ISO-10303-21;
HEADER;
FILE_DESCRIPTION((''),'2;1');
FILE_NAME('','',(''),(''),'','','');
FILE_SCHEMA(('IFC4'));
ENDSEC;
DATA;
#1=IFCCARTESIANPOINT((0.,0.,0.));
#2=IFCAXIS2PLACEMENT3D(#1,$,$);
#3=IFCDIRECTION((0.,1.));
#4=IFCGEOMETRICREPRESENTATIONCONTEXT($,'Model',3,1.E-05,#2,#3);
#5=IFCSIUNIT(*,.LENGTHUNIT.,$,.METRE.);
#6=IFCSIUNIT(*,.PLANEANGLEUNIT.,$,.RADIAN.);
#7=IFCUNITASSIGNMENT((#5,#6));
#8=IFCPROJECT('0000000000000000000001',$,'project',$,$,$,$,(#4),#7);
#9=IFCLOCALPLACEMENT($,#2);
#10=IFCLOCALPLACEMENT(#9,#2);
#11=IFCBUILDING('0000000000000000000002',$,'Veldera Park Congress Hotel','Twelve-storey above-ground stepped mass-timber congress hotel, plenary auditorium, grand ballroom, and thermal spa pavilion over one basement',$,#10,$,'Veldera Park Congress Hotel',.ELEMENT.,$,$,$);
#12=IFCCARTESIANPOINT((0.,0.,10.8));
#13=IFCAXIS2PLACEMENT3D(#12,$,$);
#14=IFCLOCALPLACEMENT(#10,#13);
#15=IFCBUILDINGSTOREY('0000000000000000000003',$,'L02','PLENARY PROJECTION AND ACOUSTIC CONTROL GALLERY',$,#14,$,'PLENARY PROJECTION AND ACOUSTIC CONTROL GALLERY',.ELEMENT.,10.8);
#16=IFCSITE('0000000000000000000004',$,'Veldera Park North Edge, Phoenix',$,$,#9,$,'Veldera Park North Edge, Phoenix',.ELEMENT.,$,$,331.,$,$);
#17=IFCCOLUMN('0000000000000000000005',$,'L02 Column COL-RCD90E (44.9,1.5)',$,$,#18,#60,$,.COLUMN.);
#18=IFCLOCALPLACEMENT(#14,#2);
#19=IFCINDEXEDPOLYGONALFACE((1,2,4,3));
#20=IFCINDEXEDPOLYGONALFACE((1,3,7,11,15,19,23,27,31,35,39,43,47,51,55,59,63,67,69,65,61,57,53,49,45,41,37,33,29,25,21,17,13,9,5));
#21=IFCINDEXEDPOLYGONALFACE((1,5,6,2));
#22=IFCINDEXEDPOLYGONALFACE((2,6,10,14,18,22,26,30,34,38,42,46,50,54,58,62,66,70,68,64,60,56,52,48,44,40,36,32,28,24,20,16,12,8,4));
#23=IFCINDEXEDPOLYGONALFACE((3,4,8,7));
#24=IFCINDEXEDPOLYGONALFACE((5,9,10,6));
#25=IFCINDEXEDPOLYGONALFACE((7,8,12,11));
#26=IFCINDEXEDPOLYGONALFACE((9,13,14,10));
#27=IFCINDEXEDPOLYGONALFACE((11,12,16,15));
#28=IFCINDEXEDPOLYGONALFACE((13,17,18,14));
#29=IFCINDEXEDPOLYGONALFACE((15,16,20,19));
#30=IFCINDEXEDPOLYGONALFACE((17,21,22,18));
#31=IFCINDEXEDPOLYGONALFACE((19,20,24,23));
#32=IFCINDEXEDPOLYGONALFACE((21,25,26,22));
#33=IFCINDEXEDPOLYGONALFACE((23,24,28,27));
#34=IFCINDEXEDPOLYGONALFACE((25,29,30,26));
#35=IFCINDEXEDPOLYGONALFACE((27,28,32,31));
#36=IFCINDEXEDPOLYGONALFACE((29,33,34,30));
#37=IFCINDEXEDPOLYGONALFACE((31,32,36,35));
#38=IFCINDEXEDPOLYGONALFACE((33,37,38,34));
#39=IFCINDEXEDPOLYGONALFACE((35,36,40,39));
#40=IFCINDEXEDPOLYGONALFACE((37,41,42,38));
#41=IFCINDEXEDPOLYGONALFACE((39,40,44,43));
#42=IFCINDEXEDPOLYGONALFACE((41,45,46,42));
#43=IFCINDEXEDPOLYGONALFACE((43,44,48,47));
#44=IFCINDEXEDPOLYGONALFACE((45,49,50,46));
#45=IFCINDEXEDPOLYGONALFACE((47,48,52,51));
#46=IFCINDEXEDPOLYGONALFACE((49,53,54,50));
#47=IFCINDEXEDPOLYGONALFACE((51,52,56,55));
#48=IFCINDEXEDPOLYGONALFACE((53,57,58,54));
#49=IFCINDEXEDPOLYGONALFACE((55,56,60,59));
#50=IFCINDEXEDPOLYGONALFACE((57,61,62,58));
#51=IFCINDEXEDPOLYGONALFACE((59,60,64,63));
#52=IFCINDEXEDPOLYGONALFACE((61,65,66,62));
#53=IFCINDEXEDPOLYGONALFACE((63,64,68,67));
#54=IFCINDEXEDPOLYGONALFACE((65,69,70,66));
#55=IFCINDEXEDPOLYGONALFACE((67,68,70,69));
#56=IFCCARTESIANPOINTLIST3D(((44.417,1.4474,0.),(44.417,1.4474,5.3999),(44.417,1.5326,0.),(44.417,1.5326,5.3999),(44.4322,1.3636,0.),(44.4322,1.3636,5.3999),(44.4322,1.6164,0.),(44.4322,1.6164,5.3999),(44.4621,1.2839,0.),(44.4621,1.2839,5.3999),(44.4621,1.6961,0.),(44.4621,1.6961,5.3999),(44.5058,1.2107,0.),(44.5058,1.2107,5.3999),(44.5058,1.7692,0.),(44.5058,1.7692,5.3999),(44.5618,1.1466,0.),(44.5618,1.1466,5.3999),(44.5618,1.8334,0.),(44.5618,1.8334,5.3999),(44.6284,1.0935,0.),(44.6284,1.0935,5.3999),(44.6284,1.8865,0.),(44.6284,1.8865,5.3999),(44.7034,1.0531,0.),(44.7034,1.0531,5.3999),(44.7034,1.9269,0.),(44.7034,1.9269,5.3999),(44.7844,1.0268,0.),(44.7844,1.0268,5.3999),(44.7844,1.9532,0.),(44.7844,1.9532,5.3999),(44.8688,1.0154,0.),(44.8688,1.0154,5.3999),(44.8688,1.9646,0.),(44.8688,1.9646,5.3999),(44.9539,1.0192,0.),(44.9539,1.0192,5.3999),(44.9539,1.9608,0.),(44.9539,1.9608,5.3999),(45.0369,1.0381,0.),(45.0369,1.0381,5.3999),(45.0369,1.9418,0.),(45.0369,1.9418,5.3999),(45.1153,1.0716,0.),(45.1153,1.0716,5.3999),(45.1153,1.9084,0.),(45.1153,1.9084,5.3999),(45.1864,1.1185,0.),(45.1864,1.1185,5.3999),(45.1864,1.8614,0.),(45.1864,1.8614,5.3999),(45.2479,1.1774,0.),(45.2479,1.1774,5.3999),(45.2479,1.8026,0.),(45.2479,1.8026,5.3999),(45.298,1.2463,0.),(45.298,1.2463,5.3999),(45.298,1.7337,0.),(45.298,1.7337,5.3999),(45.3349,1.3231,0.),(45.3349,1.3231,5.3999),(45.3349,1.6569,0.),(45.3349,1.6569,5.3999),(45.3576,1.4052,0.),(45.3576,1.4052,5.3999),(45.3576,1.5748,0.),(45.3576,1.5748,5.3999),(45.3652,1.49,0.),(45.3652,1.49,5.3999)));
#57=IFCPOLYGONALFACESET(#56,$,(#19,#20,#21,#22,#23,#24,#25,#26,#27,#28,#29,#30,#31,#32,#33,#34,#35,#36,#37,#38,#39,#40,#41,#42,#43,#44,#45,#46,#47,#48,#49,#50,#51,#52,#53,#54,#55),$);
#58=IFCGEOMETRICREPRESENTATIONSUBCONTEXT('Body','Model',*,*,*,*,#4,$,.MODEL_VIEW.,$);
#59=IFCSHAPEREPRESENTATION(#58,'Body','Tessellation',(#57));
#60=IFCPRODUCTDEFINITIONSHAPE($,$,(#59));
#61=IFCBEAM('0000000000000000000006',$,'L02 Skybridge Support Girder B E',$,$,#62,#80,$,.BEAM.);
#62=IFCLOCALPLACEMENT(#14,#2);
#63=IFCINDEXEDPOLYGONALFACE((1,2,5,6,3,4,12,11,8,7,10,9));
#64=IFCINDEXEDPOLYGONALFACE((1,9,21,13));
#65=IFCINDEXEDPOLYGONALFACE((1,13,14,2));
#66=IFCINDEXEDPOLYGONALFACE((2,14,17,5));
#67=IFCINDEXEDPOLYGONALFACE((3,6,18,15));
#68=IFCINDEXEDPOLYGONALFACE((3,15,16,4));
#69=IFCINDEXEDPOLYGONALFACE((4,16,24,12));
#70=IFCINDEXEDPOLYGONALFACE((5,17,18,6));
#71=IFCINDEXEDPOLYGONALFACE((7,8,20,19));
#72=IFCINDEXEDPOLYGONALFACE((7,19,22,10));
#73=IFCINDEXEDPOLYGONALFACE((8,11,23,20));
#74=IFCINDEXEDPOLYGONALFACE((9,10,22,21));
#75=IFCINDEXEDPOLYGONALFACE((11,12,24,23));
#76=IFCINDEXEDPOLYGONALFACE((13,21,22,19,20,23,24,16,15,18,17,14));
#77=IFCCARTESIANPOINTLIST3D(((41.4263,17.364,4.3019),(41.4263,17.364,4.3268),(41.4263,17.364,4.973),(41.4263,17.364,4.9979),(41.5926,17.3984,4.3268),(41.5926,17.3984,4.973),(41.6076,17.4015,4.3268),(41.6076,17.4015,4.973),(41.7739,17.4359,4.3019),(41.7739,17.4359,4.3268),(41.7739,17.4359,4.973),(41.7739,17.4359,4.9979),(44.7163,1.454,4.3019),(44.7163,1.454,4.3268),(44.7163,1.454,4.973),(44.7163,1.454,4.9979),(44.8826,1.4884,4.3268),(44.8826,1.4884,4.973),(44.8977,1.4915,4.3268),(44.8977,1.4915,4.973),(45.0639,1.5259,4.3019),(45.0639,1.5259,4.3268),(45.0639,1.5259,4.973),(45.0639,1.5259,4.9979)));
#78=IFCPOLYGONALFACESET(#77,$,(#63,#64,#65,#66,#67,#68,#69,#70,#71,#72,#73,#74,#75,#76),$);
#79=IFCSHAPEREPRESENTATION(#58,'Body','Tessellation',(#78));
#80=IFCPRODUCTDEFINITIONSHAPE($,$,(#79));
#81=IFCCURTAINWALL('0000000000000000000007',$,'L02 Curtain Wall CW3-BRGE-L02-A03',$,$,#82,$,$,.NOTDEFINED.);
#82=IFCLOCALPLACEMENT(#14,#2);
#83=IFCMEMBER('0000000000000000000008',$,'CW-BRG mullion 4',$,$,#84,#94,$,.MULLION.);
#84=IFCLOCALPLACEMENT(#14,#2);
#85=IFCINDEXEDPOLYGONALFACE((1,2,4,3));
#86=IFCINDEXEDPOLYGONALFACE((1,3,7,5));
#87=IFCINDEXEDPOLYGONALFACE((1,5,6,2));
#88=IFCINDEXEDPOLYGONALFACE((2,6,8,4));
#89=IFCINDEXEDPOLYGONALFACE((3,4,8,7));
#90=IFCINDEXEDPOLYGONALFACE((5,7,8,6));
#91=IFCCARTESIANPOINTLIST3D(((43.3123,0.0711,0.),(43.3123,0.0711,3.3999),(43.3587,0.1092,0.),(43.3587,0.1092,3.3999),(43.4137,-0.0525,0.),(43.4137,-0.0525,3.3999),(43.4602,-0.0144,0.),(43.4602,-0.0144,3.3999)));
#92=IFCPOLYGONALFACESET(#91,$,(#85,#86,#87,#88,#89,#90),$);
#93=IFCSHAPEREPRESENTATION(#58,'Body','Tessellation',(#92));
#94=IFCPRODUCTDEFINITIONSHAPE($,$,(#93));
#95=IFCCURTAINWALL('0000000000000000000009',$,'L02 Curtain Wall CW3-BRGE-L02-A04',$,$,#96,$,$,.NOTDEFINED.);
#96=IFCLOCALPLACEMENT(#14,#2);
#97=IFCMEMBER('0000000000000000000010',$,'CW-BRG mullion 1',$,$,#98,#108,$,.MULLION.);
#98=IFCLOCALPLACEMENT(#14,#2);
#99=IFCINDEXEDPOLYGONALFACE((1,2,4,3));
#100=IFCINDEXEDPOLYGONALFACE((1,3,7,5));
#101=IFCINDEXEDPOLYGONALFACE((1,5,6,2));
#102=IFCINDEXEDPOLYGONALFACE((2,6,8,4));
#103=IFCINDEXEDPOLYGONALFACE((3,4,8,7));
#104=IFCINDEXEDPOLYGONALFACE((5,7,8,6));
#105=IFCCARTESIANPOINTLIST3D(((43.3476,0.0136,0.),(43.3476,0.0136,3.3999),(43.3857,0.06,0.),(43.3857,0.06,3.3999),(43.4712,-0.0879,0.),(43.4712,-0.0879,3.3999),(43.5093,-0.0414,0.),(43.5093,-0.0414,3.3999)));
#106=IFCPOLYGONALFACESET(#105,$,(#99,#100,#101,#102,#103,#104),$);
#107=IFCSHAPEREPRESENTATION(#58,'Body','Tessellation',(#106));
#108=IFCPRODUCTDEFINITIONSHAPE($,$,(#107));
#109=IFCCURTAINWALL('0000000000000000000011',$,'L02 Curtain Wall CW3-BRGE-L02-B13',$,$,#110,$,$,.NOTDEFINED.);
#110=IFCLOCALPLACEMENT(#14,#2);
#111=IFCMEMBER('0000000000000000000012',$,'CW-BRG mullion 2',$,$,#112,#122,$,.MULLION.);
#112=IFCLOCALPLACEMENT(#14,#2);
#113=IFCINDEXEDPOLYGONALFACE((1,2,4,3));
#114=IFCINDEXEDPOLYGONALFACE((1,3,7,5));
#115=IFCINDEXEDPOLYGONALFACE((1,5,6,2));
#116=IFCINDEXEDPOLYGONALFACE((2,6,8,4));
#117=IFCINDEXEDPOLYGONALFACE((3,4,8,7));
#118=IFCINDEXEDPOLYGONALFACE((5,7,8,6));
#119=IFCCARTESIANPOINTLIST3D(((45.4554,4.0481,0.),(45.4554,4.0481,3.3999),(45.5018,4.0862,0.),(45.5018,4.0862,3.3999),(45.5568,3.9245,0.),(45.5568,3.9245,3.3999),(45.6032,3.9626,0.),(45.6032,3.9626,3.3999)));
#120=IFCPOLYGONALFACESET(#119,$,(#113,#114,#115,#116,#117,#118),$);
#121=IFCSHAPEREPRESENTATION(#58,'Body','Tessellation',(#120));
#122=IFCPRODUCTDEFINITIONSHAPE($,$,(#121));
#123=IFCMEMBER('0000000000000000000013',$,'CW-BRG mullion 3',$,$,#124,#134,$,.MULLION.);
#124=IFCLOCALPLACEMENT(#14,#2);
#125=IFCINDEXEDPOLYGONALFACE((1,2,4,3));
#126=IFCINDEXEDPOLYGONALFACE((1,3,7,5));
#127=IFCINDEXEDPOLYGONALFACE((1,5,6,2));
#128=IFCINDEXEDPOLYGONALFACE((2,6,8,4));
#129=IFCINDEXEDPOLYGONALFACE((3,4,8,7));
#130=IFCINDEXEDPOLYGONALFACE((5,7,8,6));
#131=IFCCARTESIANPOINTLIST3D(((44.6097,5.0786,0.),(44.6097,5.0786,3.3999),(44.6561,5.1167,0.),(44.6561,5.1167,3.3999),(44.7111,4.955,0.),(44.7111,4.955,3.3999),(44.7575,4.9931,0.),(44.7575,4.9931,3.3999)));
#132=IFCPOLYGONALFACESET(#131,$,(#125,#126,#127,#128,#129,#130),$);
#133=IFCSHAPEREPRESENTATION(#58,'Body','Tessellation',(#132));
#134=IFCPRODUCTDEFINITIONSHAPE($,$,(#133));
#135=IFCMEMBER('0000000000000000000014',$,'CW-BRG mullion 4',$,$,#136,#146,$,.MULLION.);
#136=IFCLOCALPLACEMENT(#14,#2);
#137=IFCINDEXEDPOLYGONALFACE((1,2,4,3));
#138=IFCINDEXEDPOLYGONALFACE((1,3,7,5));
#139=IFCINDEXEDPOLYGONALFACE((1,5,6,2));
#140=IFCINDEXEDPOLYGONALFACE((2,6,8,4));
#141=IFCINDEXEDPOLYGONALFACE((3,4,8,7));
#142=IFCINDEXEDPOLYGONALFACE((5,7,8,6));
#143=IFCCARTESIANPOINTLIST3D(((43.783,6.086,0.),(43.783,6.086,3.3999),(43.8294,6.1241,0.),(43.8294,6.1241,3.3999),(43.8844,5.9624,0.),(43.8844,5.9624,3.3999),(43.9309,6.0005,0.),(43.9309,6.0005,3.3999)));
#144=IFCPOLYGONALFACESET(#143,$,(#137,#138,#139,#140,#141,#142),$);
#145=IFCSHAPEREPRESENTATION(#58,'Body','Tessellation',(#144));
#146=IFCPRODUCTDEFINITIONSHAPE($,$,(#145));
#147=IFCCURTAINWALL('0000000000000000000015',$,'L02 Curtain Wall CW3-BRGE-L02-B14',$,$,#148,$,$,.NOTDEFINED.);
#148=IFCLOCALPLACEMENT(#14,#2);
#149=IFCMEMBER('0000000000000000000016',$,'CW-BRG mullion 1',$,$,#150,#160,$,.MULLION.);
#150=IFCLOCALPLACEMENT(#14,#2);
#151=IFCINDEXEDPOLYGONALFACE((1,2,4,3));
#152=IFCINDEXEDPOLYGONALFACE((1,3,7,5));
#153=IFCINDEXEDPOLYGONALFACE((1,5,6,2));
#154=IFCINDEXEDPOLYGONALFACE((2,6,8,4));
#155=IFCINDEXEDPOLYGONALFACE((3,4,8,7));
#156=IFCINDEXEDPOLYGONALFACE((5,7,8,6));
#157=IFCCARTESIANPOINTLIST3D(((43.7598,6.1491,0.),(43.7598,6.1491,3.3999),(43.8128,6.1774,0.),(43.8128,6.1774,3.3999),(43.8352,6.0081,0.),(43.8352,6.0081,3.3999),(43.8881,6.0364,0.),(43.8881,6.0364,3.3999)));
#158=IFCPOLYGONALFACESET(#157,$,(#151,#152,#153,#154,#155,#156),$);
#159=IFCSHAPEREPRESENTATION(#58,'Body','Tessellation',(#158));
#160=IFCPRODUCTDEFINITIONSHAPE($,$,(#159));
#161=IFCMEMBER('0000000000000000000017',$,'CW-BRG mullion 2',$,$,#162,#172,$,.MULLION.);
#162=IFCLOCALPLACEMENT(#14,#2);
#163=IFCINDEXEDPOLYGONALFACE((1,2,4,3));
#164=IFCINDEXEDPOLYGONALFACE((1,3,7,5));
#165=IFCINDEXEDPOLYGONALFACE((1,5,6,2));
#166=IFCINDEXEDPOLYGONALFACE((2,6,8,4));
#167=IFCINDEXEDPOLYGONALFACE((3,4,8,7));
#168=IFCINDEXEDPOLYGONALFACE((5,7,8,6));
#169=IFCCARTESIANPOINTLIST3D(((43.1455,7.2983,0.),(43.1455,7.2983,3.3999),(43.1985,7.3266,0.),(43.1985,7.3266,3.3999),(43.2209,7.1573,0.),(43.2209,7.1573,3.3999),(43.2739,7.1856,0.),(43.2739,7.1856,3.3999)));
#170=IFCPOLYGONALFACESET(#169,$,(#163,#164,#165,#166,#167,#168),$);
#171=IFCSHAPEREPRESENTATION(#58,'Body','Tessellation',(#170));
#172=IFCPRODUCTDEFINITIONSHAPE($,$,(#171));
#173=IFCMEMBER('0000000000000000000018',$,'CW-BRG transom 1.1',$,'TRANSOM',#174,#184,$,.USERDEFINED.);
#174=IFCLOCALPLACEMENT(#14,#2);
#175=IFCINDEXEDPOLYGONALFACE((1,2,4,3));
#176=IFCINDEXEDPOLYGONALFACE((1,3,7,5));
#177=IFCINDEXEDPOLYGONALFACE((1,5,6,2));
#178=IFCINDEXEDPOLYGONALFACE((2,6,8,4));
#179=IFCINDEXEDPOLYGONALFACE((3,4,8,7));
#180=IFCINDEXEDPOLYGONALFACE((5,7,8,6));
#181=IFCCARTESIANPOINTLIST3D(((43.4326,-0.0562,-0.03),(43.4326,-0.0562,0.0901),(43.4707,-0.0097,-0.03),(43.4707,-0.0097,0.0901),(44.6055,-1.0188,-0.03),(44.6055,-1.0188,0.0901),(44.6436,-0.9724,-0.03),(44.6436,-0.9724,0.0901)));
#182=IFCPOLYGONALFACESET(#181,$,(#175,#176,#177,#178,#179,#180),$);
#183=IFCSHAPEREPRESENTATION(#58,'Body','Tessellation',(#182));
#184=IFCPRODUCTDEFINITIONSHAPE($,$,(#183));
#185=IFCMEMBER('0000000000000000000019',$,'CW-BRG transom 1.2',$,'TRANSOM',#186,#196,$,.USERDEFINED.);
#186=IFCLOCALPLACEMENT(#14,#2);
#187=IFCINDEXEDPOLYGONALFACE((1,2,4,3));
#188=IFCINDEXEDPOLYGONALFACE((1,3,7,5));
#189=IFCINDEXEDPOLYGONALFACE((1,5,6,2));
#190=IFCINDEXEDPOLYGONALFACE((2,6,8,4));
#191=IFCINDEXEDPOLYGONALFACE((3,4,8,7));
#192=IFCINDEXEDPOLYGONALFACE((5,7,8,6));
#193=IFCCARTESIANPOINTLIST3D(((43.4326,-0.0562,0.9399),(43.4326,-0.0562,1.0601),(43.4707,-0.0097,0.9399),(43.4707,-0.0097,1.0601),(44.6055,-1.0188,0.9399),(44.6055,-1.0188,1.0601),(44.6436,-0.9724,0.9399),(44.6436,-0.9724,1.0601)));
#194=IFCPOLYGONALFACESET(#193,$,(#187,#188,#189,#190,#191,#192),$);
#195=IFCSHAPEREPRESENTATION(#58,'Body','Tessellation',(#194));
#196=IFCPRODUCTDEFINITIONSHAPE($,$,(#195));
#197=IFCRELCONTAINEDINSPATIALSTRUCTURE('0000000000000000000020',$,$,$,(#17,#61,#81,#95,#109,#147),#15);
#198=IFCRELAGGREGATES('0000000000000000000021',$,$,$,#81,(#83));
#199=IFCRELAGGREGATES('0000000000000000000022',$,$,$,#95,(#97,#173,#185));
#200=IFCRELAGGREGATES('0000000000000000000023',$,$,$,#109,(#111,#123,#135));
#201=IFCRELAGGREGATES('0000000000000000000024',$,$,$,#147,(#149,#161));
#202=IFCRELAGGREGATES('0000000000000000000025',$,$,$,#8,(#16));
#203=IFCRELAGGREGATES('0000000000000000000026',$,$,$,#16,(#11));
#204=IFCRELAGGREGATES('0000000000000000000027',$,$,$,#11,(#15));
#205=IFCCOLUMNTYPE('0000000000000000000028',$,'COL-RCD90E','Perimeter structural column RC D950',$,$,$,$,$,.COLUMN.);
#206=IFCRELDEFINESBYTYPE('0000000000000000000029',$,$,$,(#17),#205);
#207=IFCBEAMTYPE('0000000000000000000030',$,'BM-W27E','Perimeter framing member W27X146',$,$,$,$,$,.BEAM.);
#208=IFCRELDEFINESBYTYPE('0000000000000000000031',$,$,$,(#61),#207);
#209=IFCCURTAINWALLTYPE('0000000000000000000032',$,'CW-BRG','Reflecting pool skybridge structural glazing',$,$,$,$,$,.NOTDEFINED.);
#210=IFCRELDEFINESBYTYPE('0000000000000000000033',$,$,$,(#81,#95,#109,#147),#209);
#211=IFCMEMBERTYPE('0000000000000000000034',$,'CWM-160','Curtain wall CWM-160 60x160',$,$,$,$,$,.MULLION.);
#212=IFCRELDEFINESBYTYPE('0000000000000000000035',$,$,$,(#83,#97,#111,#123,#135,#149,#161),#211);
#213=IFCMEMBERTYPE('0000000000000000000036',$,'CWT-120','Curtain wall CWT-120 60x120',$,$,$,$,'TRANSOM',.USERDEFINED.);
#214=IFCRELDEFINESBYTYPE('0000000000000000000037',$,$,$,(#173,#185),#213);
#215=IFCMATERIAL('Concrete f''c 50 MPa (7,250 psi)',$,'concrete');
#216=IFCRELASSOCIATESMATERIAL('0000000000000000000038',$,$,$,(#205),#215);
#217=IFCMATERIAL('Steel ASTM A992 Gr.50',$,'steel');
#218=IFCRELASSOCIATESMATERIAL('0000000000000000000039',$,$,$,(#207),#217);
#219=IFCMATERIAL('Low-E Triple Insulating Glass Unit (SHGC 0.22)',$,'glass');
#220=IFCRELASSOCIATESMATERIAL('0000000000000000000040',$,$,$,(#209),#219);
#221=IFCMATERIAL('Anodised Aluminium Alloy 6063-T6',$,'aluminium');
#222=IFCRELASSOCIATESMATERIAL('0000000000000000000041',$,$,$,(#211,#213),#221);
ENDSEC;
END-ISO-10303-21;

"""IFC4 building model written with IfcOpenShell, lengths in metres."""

from ifc_helpers import new_model, si_unit, direction, frame, origin, origin_2d, place, context, subcontext, project, spatial, rectangle, circle, i_section, extrude, material, material_profile, profile_set, type_object, element, aggregate, save


model = new_model("IFC4")

# Units and contexts
model_context = context("Model", 3, precision=1e-05, world=origin(), true_north=direction((0.0, 1.0)))
body_context = subcontext(model_context, "Body", "Model", "MODEL_VIEW")
ifc_project = project(units=[si_unit("LENGTHUNIT", "METRE"), si_unit("PLANEANGLEUNIT", "RADIAN")], contexts=[model_context])

# Site, building, storey
site_placement = place(None, origin())
site = spatial("IfcSite", under=ifc_project, at=site_placement, Name="Veldera Park North Edge, Phoenix", LongName="Veldera Park North Edge, Phoenix", CompositionType="ELEMENT", RefElevation=331.0)
building_placement = place(site_placement, origin())
building = spatial("IfcBuilding", under=site, at=building_placement, Name="Veldera Park Congress Hotel", Description="Twelve-storey above-ground stepped mass-timber congress hotel, plenary auditorium, grand ballroom, and thermal spa pavilion over one basement", LongName="Veldera Park Congress Hotel", CompositionType="ELEMENT")
storey_placement = place(building_placement, frame((0.0, 0.0, 10.8)))
storey = spatial("IfcBuildingStorey", under=building, at=storey_placement, Name="L02", Description="PLENARY PROJECTION AND ACOUSTIC CONTROL GALLERY", LongName="PLENARY PROJECTION AND ACOUSTIC CONTROL GALLERY", CompositionType="ELEMENT", Elevation=10.8)

# Column
ifc_material_1 = material(Name="Concrete f'c 50 MPa (7,250 psi)", Category="concrete")
ifc_material_profile_1 = material_profile(ifc_material_1, circle(Radius=0.4751, at=origin_2d()), Name="RC D950")
ifc_profile_set_1 = profile_set([ifc_material_profile_1], Name="Concrete f'c 50 MPa (7,250 psi)")
column_type = type_object("IfcColumnType", Name="COL-RCD90E", Description="Perimeter structural column RC D950", PredefinedType="COLUMN", material=ifc_profile_set_1)
column_placement = place(storey_placement, frame((44.8901, 1.49, 0.0), z_axis=(0.0, 0.0, 1.0), x_axis=(1.0, 0.0, 0.0)))
element("IfcColumn", 1, at=column_placement, inside=storey, type_object=column_type, Name="L02 Column COL-RCD90E (44.9,1.5)", PredefinedType="COLUMN", context=body_context, shape_type="SweptSolid", body=[
    extrude(circle(Radius=0.4751, at=origin_2d()), origin(), (0.0, 0.0, 1.0), 5.3999),
])

# Beam
ifc_material_2 = material(Name="Steel ASTM A992 Gr.50", Category="steel")
ifc_material_profile_2 = material_profile(ifc_material_2, i_section(OverallWidth=0.355, OverallDepth=0.696, WebThickness=0.0154, FlangeThickness=0.0249, at=origin_2d()), Name="W27X146")
ifc_profile_set_2 = profile_set([ifc_material_profile_2], Name="Steel ASTM A992 Gr.50")
beam_type = type_object("IfcBeamType", Name="BM-W27E", Description="Perimeter framing member W27X146", PredefinedType="BEAM", material=ifc_profile_set_2)
beam_placement = place(storey_placement, frame((44.8901, 1.49, 4.6499), z_axis=(-0.202507, 0.979281, 0.0), x_axis=(-0.979281, -0.202507, 0.0)))
element("IfcBeam", 2, at=beam_placement, inside=storey, type_object=beam_type, Name="L02 Skybridge Support Girder B E", PredefinedType="BEAM", context=body_context, shape_type="SweptSolid", body=[
    extrude(i_section(OverallWidth=0.355, OverallDepth=0.696, WebThickness=0.0154, FlangeThickness=0.0249, at=origin_2d()), origin(), (0.0, 0.0, 1.0), 16.2466),
])

# Curtain walls, members
ifc_material_3 = material(Name="Low-E Triple Insulating Glass Unit (SHGC 0.22)", Category="glass")
curtain_wall_type = type_object("IfcCurtainWallType", Name="CW-BRG", Description="Reflecting pool skybridge structural glazing", PredefinedType="NOTDEFINED", material=ifc_material_3)
curtain_wall_1_placement = place(storey_placement, origin())
curtain_wall_1 = element("IfcCurtainWall", 3, at=curtain_wall_1_placement, inside=storey, type_object=curtain_wall_type, Name="L02 Curtain Wall CW3-BRGE-L02-A03", PredefinedType="NOTDEFINED")
ifc_material_4 = material(Name="Anodised Aluminium Alloy 6063-T6", Category="aluminium")
ifc_material_profile_3 = material_profile(ifc_material_4, rectangle(XDim=0.0601, YDim=0.1599, at=origin_2d()), Name="ALU 60x160")
ifc_profile_set_3 = profile_set([ifc_material_profile_3], Name="Anodised Aluminium Alloy 6063-T6")
member_type_1 = type_object("IfcMemberType", Name="CWM-160", Description="Curtain wall CWM-160 60x160", PredefinedType="MULLION", material=ifc_profile_set_3)
member_1_placement = place(storey_placement, frame((43.3862, 0.0283, 0.0), z_axis=(0.0, 0.0, 1.0), x_axis=(0.773003, 0.634402, 0.0)))
member_1 = element("IfcMember", 4, at=member_1_placement, type_object=member_type_1, Name="CW-BRG mullion 4", PredefinedType="MULLION", context=body_context, shape_type="SweptSolid", body=[
    extrude(rectangle(XDim=0.0601, YDim=0.1599, at=origin_2d()), origin(), (0.0, 0.0, 1.0), 3.3999),
])
aggregate(curtain_wall_1, [member_1])
curtain_wall_2_placement = place(storey_placement, origin())
curtain_wall_2 = element("IfcCurtainWall", 5, at=curtain_wall_2_placement, inside=storey, type_object=curtain_wall_type, Name="L02 Curtain Wall CW3-BRGE-L02-A04", PredefinedType="NOTDEFINED")
member_2_placement = place(storey_placement, frame((43.4285, -0.0139, 0.0), z_axis=(0.0, 0.0, 1.0), x_axis=(0.634402, 0.773003, 0.0)))
member_2 = element("IfcMember", 6, at=member_2_placement, type_object=member_type_1, Name="CW-BRG mullion 1", PredefinedType="MULLION", context=body_context, shape_type="SweptSolid", body=[
    extrude(rectangle(XDim=0.0601, YDim=0.1599, at=origin_2d()), origin(), (0.0, 0.0, 1.0), 3.3999),
])

# Curtain walls, members
curtain_wall_3_placement = place(storey_placement, origin())
curtain_wall_3 = element("IfcCurtainWall", 7, at=curtain_wall_3_placement, inside=storey, type_object=curtain_wall_type, Name="L02 Curtain Wall CW3-BRGE-L02-B13", PredefinedType="NOTDEFINED")
member_3_placement = place(storey_placement, frame((45.5293, 4.0054, 0.0), z_axis=(0.0, 0.0, 1.0), x_axis=(-0.773016, -0.634386, 0.0)))
member_3 = element("IfcMember", 8, at=member_3_placement, type_object=member_type_1, Name="CW-BRG mullion 2", PredefinedType="MULLION", context=body_context, shape_type="SweptSolid", body=[
    extrude(rectangle(XDim=0.0601, YDim=0.1599, at=origin_2d()), origin(), (0.0, 0.0, 1.0), 3.3999),
])
member_4_placement = place(storey_placement, frame((44.6836, 5.0359, 0.0), z_axis=(0.0, 0.0, 1.0), x_axis=(-0.773016, -0.634386, 0.0)))
member_4 = element("IfcMember", 9, at=member_4_placement, type_object=member_type_1, Name="CW-BRG mullion 3", PredefinedType="MULLION", context=body_context, shape_type="SweptSolid", body=[
    extrude(rectangle(XDim=0.0601, YDim=0.1599, at=origin_2d()), origin(), (0.0, 0.0, 1.0), 3.3999),
])
member_5_placement = place(storey_placement, frame((43.8569, 6.0432, 0.0), z_axis=(0.0, 0.0, 1.0), x_axis=(-0.773016, -0.634386, 0.0)))
member_5 = element("IfcMember", 10, at=member_5_placement, type_object=member_type_1, Name="CW-BRG mullion 4", PredefinedType="MULLION", context=body_context, shape_type="SweptSolid", body=[
    extrude(rectangle(XDim=0.0601, YDim=0.1599, at=origin_2d()), origin(), (0.0, 0.0, 1.0), 3.3999),
])
curtain_wall_4_placement = place(storey_placement, origin())
curtain_wall_4 = element("IfcCurtainWall", 11, at=curtain_wall_4_placement, inside=storey, type_object=curtain_wall_type, Name="L02 Curtain Wall CW3-BRGE-L02-B14", PredefinedType="NOTDEFINED")
member_6_placement = place(storey_placement, frame((43.824, 6.0928, 0.0), z_axis=(0.0, 0.0, 1.0), x_axis=(-0.881928, -0.471384, 0.0)))
member_6 = element("IfcMember", 12, at=member_6_placement, type_object=member_type_1, Name="CW-BRG mullion 1", PredefinedType="MULLION", context=body_context, shape_type="SweptSolid", body=[
    extrude(rectangle(XDim=0.0601, YDim=0.1599, at=origin_2d()), origin(), (0.0, 0.0, 1.0), 3.3999),
])
member_7_placement = place(storey_placement, frame((43.2097, 7.2419, 0.0), z_axis=(0.0, 0.0, 1.0), x_axis=(-0.881928, -0.471384, 0.0)))
member_7 = element("IfcMember", 13, at=member_7_placement, type_object=member_type_1, Name="CW-BRG mullion 2", PredefinedType="MULLION", context=body_context, shape_type="SweptSolid", body=[
    extrude(rectangle(XDim=0.0601, YDim=0.1599, at=origin_2d()), origin(), (0.0, 0.0, 1.0), 3.3999),
])

# Members
ifc_material_profile_4 = material_profile(ifc_material_4, rectangle(XDim=0.0601, YDim=0.1201, at=origin_2d()), Name="ALU 60x120")
ifc_profile_set_4 = profile_set([ifc_material_profile_4], Name="Anodised Aluminium Alloy 6063-T6")
member_type_2 = type_object("IfcMemberType", Name="CWT-120", Description="Curtain wall CWT-120 60x120", ElementType="TRANSOM", PredefinedType="USERDEFINED", material=ifc_profile_set_4)
member_8_placement = place(storey_placement, frame((43.4517, -0.033, 0.03), z_axis=(0.772974, -0.634437, 0.0), x_axis=(0.634437, 0.772974, 0.0)))
member_8 = element("IfcMember", 14, at=member_8_placement, type_object=member_type_2, Name="CW-BRG transom 1.1", ObjectType="TRANSOM", PredefinedType="USERDEFINED", context=body_context, shape_type="SweptSolid", body=[
    extrude(rectangle(XDim=0.0601, YDim=0.1201, at=origin_2d()), origin(), (0.0, 0.0, 1.0), 1.5173),
])
member_9_placement = place(storey_placement, frame((43.4517, -0.033, 1.0), z_axis=(0.772974, -0.634437, 0.0), x_axis=(0.634437, 0.772974, 0.0)))
member_9 = element("IfcMember", 15, at=member_9_placement, type_object=member_type_2, Name="CW-BRG transom 1.2", ObjectType="TRANSOM", PredefinedType="USERDEFINED", context=body_context, shape_type="SweptSolid", body=[
    extrude(rectangle(XDim=0.0601, YDim=0.1201, at=origin_2d()), origin(), (0.0, 0.0, 1.0), 1.5173),
])

aggregate(curtain_wall_2, [member_2, member_8, member_9])
aggregate(curtain_wall_3, [member_3, member_4, member_5])
aggregate(curtain_wall_4, [member_6, member_7])

save(model, "model.ifc")
